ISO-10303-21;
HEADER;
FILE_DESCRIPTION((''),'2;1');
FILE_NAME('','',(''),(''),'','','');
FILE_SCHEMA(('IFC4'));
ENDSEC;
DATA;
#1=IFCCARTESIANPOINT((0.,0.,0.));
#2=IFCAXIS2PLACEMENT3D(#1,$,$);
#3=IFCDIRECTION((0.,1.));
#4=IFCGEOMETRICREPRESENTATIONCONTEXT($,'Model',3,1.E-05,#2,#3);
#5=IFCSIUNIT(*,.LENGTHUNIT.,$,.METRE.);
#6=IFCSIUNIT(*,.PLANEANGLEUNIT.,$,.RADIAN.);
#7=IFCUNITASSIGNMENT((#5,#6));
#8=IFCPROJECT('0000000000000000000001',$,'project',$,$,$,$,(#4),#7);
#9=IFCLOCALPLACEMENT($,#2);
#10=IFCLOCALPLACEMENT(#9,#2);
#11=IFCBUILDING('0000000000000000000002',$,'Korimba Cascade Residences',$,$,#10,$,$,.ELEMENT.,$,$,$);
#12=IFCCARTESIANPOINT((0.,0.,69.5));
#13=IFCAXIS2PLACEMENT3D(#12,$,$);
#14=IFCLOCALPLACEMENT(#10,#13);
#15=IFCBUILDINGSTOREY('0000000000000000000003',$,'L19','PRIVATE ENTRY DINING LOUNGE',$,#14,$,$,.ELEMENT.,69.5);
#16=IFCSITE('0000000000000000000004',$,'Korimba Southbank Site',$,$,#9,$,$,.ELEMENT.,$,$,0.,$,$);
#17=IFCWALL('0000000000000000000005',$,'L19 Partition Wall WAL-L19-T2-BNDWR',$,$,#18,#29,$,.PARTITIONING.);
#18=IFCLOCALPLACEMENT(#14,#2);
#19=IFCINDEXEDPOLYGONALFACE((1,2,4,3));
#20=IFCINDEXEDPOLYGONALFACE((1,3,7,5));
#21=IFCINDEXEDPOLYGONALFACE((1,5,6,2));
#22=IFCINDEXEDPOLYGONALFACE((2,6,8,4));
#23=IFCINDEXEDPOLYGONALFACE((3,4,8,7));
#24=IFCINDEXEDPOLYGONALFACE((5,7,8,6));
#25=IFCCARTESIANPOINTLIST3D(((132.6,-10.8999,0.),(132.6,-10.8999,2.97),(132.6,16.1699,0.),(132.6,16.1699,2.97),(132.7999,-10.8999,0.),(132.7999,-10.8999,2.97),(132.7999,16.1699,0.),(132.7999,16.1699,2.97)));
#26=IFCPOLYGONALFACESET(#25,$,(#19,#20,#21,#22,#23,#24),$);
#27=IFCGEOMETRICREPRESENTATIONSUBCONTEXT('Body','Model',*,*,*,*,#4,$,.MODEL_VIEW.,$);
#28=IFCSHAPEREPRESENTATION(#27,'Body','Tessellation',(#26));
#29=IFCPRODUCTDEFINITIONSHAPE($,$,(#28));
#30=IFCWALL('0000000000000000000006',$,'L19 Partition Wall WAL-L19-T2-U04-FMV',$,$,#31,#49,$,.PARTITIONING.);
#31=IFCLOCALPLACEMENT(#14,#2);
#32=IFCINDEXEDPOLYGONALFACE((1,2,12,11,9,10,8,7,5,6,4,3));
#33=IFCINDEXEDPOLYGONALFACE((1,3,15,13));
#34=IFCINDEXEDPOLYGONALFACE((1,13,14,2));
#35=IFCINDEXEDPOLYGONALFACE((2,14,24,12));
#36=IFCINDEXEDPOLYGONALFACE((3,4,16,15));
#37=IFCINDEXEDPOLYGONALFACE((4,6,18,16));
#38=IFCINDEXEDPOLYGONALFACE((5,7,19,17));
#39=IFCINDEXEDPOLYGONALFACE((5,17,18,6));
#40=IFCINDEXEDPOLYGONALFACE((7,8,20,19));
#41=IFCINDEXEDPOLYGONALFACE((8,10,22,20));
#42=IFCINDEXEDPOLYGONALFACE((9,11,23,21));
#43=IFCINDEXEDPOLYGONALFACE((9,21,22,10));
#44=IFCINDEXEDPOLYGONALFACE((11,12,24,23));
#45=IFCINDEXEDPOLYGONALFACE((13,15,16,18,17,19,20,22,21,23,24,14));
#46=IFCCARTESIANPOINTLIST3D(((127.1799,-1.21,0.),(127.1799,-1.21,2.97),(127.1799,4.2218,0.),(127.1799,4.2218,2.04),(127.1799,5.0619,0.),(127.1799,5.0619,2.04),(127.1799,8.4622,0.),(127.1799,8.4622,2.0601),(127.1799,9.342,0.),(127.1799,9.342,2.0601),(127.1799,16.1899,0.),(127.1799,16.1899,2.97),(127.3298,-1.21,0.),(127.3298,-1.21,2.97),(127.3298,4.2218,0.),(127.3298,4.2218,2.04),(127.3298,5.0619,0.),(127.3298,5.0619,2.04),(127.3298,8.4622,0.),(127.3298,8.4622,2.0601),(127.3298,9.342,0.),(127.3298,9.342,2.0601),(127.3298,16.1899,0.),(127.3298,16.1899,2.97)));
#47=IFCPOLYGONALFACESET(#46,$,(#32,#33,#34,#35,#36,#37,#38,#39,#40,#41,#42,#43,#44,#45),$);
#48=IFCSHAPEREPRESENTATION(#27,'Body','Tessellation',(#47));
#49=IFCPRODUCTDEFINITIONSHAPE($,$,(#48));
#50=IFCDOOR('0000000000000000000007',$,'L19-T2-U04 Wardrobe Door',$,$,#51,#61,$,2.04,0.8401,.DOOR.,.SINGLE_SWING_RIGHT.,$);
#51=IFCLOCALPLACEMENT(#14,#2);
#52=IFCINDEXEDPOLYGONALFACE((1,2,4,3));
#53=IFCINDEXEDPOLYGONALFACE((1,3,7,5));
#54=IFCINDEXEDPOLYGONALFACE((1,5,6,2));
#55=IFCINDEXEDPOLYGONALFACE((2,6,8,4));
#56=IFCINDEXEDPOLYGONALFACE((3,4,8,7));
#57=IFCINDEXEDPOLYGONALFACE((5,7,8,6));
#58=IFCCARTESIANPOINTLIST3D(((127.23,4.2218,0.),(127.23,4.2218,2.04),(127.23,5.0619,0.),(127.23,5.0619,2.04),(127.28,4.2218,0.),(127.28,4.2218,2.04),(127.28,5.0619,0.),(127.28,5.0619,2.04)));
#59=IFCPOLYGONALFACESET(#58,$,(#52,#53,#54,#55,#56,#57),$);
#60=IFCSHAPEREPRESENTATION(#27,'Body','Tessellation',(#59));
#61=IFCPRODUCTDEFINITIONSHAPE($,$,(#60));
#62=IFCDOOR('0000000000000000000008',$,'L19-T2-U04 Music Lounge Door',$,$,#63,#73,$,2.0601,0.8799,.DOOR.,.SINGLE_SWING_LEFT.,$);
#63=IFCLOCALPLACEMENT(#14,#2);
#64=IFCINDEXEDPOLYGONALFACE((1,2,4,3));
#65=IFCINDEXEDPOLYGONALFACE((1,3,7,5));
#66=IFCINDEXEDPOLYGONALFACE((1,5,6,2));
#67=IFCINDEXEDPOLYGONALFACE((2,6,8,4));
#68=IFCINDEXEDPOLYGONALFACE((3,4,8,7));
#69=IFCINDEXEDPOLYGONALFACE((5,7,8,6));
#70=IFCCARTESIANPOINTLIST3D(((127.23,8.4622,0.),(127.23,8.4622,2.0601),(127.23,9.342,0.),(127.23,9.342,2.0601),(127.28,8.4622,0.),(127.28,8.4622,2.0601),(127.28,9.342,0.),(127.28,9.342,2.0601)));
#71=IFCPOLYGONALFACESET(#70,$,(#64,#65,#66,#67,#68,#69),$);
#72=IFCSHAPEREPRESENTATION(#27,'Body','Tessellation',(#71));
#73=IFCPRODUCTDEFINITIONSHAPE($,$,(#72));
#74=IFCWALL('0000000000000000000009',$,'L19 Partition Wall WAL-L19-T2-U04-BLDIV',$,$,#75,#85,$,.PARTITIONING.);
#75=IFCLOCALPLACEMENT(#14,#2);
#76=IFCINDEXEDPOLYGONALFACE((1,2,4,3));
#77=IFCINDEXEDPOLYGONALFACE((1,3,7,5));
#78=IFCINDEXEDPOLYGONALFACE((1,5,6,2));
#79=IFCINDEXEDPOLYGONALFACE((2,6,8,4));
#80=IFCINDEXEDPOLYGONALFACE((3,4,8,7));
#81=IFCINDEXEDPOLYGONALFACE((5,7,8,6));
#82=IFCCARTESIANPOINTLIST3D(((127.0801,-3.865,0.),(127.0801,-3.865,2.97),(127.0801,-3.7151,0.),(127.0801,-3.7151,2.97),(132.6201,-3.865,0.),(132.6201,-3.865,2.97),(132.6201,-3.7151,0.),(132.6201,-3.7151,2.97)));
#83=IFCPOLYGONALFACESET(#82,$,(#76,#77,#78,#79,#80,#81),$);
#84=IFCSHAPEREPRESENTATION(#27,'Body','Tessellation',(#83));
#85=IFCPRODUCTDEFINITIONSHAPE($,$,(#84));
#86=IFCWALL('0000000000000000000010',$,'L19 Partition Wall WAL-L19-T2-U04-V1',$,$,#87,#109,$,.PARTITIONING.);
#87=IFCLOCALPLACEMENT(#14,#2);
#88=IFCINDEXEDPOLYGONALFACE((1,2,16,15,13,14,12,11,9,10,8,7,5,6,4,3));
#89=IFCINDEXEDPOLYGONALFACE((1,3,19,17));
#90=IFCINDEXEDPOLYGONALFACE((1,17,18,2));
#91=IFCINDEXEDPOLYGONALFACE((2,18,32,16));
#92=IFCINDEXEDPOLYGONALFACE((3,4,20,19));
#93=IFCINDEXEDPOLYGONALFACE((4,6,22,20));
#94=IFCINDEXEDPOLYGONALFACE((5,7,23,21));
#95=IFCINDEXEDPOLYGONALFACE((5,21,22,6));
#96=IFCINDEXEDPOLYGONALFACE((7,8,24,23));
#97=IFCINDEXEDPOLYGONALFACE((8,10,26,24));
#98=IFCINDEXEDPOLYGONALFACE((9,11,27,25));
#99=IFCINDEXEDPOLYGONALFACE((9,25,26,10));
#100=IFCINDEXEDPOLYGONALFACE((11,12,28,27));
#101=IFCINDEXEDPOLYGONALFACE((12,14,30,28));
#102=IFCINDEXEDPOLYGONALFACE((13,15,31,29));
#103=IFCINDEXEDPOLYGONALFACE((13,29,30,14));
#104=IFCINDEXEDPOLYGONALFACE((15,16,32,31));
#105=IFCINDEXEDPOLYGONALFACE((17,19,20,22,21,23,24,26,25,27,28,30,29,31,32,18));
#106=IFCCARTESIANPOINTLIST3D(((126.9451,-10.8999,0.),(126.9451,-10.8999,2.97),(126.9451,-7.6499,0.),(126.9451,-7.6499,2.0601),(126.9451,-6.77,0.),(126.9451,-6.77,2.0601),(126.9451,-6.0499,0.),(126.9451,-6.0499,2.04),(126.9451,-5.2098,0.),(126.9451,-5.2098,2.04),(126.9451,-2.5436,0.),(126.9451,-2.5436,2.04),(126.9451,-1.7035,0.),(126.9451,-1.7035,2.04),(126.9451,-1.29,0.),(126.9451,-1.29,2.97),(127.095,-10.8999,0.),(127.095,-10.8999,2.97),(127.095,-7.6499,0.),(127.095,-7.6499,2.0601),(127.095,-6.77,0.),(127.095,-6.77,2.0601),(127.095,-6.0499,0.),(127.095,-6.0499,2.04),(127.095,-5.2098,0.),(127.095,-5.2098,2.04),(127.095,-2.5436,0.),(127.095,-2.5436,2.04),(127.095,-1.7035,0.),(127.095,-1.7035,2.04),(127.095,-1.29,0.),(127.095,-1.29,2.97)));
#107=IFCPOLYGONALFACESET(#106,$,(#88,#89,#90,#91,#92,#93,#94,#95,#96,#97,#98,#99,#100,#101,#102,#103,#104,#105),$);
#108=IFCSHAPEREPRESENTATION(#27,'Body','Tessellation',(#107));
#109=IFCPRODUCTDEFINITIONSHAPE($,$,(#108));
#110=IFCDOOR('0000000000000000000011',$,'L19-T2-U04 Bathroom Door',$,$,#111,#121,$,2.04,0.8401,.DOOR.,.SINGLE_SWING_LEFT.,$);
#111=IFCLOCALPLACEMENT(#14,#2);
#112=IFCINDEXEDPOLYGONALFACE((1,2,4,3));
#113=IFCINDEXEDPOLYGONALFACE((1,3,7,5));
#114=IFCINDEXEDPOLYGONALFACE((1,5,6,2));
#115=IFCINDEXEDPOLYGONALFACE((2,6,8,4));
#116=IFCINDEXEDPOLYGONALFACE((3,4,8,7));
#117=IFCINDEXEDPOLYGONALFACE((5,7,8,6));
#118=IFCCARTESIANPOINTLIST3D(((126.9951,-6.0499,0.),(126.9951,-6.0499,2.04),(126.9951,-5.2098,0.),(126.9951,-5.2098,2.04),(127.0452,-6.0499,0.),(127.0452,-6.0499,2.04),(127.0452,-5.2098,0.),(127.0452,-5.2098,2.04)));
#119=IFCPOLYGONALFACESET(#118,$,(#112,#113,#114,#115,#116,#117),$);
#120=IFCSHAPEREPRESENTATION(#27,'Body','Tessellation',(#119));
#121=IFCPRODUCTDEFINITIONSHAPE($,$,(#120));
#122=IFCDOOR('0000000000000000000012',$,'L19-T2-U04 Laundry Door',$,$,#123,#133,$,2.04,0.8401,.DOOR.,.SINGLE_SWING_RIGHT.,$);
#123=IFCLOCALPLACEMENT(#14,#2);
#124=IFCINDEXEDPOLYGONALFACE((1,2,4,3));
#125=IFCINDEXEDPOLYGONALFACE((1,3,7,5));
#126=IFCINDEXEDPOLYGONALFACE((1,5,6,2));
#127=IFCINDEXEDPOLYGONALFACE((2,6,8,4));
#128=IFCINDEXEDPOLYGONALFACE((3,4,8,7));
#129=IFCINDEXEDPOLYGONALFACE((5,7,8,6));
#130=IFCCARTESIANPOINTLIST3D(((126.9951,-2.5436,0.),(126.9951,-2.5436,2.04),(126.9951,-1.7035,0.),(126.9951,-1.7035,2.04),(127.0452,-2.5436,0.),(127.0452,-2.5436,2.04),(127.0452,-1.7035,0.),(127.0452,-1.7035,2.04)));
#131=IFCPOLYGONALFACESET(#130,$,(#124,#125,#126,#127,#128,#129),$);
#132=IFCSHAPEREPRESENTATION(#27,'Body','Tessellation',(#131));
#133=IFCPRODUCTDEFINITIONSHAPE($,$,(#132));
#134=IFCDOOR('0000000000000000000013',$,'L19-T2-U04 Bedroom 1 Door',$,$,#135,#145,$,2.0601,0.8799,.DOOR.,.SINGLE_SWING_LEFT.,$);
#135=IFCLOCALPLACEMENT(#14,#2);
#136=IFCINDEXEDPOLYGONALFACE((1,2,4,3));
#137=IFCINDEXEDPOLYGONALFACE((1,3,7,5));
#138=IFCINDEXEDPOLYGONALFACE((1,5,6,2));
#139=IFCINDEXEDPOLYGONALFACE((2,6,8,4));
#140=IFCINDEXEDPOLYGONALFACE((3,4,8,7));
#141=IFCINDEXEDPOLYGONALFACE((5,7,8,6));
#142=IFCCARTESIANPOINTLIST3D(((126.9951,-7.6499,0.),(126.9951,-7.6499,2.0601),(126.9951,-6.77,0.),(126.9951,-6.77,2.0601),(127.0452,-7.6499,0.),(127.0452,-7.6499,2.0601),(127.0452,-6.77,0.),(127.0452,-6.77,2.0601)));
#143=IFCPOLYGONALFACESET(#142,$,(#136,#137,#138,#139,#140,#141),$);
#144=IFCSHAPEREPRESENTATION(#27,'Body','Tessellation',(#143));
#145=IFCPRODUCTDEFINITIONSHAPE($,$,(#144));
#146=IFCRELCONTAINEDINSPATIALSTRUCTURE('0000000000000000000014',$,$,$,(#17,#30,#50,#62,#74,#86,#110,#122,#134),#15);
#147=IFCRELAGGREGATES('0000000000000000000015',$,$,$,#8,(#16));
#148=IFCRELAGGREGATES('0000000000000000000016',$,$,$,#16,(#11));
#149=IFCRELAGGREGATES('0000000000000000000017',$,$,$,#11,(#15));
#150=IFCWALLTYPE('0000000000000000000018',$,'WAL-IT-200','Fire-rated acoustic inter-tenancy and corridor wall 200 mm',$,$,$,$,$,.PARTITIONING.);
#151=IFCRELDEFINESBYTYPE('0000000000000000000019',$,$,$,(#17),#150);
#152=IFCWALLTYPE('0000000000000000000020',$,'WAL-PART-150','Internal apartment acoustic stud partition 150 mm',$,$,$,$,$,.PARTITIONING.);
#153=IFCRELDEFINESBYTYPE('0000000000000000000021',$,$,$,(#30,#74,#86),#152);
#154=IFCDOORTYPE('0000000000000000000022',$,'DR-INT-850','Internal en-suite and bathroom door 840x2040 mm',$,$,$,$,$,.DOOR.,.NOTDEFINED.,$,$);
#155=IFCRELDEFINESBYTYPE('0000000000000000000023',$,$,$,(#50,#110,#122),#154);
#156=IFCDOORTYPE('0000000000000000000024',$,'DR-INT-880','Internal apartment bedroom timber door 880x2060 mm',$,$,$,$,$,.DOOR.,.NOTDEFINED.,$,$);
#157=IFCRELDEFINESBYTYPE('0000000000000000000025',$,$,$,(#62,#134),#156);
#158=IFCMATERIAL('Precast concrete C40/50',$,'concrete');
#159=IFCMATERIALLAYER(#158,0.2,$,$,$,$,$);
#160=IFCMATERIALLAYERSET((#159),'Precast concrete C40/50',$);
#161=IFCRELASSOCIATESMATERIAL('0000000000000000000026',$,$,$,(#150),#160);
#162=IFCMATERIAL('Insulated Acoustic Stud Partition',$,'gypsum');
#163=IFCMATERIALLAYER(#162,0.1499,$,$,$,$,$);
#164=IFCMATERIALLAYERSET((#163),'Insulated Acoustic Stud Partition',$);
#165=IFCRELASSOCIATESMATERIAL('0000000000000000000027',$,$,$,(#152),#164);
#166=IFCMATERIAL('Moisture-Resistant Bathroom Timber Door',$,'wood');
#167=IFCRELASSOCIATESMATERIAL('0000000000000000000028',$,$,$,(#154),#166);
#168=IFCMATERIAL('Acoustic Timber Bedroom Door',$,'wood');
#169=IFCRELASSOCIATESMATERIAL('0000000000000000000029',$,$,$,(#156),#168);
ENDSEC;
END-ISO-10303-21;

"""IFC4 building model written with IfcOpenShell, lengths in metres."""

from ifc_helpers import new_model, si_unit, direction, frame, frame_2d, origin, place, context, subcontext, project, spatial, rectangle, extrude, material, layer, layer_set, type_object, element, fill, save


model = new_model("IFC4")

# Units and contexts
model_context = context("Model", 3, precision=1e-05, world=origin(), true_north=direction((0.0, 1.0)))
body_context = subcontext(model_context, "Body", "Model", "MODEL_VIEW")
ifc_project = project(units=[si_unit("LENGTHUNIT", "METRE"), si_unit("PLANEANGLEUNIT", "RADIAN")], contexts=[model_context])

# Site, building, storey
site_placement = place(None, origin())
site = spatial("IfcSite", under=ifc_project, at=site_placement, Name="Korimba Southbank Site", CompositionType="ELEMENT", RefElevation=0.0)
building_placement = place(site_placement, origin())
building = spatial("IfcBuilding", under=site, at=building_placement, Name="Korimba Cascade Residences", CompositionType="ELEMENT")
storey_placement = place(building_placement, frame((0.0, 0.0, 69.5)))
storey = spatial("IfcBuildingStorey", under=building, at=storey_placement, Name="L19", Description="PRIVATE ENTRY DINING LOUNGE", CompositionType="ELEMENT", Elevation=69.5)

# Shared definitions
ifc_material_1 = material(Name="Precast concrete C40/50", Category="concrete")

# Wall
ifc_layer_1 = layer(ifc_material_1, 0.2)
ifc_layer_set_1 = layer_set([ifc_layer_1], Name="Precast concrete C40/50")
wall_type_1 = type_object("IfcWallType", Name="WAL-IT-200", Description="Fire-rated acoustic inter-tenancy and corridor wall 200 mm", PredefinedType="PARTITIONING", material=ifc_layer_set_1)
wall_1_placement = place(storey_placement, frame((132.7, -10.8999, 0.0), z_axis=(0.0, 0.0, 1.0), x_axis=(0.0, 1.0, 0.0)))
element("IfcWall", 1, at=wall_1_placement, inside=storey, type_object=wall_type_1, Name="L19 Partition Wall WAL-L19-T2-BNDWR", PredefinedType="PARTITIONING", context=body_context, shape_type="SweptSolid", body=[
    extrude(rectangle(XDim=27.0698, YDim=0.2, at=frame_2d((13.5349, 0.0))), origin(), (0.0, 0.0, 1.0), 2.97),
])

# Wall, openings, doors
ifc_material_2 = material(Name="Insulated Acoustic Stud Partition", Category="gypsum")
ifc_layer_2 = layer(ifc_material_2, 0.1499)
ifc_layer_set_2 = layer_set([ifc_layer_2], Name="Insulated Acoustic Stud Partition")
wall_type_2 = type_object("IfcWallType", Name="WAL-PART-150", Description="Internal apartment acoustic stud partition 150 mm", PredefinedType="PARTITIONING", material=ifc_layer_set_2)
wall_2_placement = place(storey_placement, frame((127.2549, -1.21, 0.0), z_axis=(0.0, 0.0, 1.0), x_axis=(0.0, 1.0, 0.0)))
wall_2 = element("IfcWall", 2, at=wall_2_placement, inside=storey, type_object=wall_type_2, Name="L19 Partition Wall WAL-L19-T2-U04-FMV", PredefinedType="PARTITIONING", context=body_context, shape_type="SweptSolid", body=[
    extrude(rectangle(XDim=17.3999, YDim=0.1499, at=frame_2d((8.7, 0.0))), origin(), (0.0, 0.0, 1.0), 2.97),
])
opening_1_placement = place(wall_2_placement, frame((5.4319, 0.0, 0.0)))
opening_1 = element("IfcOpeningElement", 3, at=opening_1_placement, cuts=wall_2, PredefinedType="OPENING", context=body_context, shape_type="SweptSolid", body=[
    extrude(rectangle(XDim=0.8401, YDim=2.04, at=frame_2d((0.4199, 1.02))), frame((0.0, 0.085, 0.0), z_axis=(0.0, -1.0, 0.0), x_axis=(1.0, 0.0, 0.0)), (0.0, 0.0, 1.0), 0.1699),
])
opening_2_placement = place(wall_2_placement, frame((9.6721, 0.0, 0.0)))
opening_2 = element("IfcOpeningElement", 4, at=opening_2_placement, cuts=wall_2, PredefinedType="OPENING", context=body_context, shape_type="SweptSolid", body=[
    extrude(rectangle(XDim=0.8799, YDim=2.0601, at=frame_2d((0.4399, 1.03))), frame((0.0, 0.085, 0.0), z_axis=(0.0, -1.0, 0.0), x_axis=(1.0, 0.0, 0.0)), (0.0, 0.0, 1.0), 0.1699),
])
ifc_material_3 = material(Name="Moisture-Resistant Bathroom Timber Door", Category="wood")
door_type_1 = type_object("IfcDoorType", Name="DR-INT-850", Description="Internal en-suite and bathroom door 840x2040 mm", OperationType="NOTDEFINED", PredefinedType="DOOR", material=ifc_material_3)
door_1_placement = place(opening_1_placement, origin())
door_1 = element("IfcDoor", 5, at=door_1_placement, inside=storey, type_object=door_type_1, Name="L19-T2-U04 Wardrobe Door", OperationType="SINGLE_SWING_RIGHT", OverallHeight=2.04, OverallWidth=0.8401, PredefinedType="DOOR", context=body_context, shape_type="SweptSolid", body=[
    extrude(rectangle(XDim=0.8401, YDim=2.04, at=frame_2d((0.4199, 1.02))), frame((0.0, 0.0249, 0.0), z_axis=(0.0, -1.0, 0.0), x_axis=(1.0, 0.0, 0.0)), (0.0, 0.0, 1.0), 0.05),
])
fill(opening_1, door_1)
ifc_material_4 = material(Name="Acoustic Timber Bedroom Door", Category="wood")
door_type_2 = type_object("IfcDoorType", Name="DR-INT-880", Description="Internal apartment bedroom timber door 880x2060 mm", OperationType="NOTDEFINED", PredefinedType="DOOR", material=ifc_material_4)
door_2_placement = place(opening_2_placement, origin())
door_2 = element("IfcDoor", 6, at=door_2_placement, inside=storey, type_object=door_type_2, Name="L19-T2-U04 Music Lounge Door", OperationType="SINGLE_SWING_LEFT", OverallHeight=2.0601, OverallWidth=0.8799, PredefinedType="DOOR", context=body_context, shape_type="SweptSolid", body=[
    extrude(rectangle(XDim=0.8799, YDim=2.0601, at=frame_2d((0.4399, 1.03))), frame((0.0, 0.0249, 0.0), z_axis=(0.0, -1.0, 0.0), x_axis=(1.0, 0.0, 0.0)), (0.0, 0.0, 1.0), 0.05),
])
fill(opening_2, door_2)

# Wall
wall_3_placement = place(storey_placement, frame((127.0801, -3.79, 0.0), z_axis=(0.0, 0.0, 1.0), x_axis=(1.0, 0.0, 0.0)))
element("IfcWall", 7, at=wall_3_placement, inside=storey, type_object=wall_type_2, Name="L19 Partition Wall WAL-L19-T2-U04-BLDIV", PredefinedType="PARTITIONING", context=body_context, shape_type="SweptSolid", body=[
    extrude(rectangle(XDim=5.54, YDim=0.1499, at=frame_2d((2.77, 0.0))), origin(), (0.0, 0.0, 1.0), 2.97),
])

# Wall, openings, doors
wall_4_placement = place(storey_placement, frame((127.02, -10.8999, 0.0), z_axis=(0.0, 0.0, 1.0), x_axis=(0.0, 1.0, 0.0)))
wall_4 = element("IfcWall", 8, at=wall_4_placement, inside=storey, type_object=wall_type_2, Name="L19 Partition Wall WAL-L19-T2-U04-V1", PredefinedType="PARTITIONING", context=body_context, shape_type="SweptSolid", body=[
    extrude(rectangle(XDim=9.6099, YDim=0.1499, at=frame_2d((4.8049, 0.0))), origin(), (0.0, 0.0, 1.0), 2.97),
])
opening_3_placement = place(wall_4_placement, frame((4.8501, 0.0, 0.0)))
opening_3 = element("IfcOpeningElement", 9, at=opening_3_placement, cuts=wall_4, PredefinedType="OPENING", context=body_context, shape_type="SweptSolid", body=[
    extrude(rectangle(XDim=0.8401, YDim=2.04, at=frame_2d((0.4199, 1.02))), frame((0.0, 0.085, 0.0), z_axis=(0.0, -1.0, 0.0), x_axis=(1.0, 0.0, 0.0)), (0.0, 0.0, 1.0), 0.1699),
])
opening_4_placement = place(wall_4_placement, frame((8.3564, 0.0, 0.0)))
opening_4 = element("IfcOpeningElement", 10, at=opening_4_placement, cuts=wall_4, PredefinedType="OPENING", context=body_context, shape_type="SweptSolid", body=[
    extrude(rectangle(XDim=0.8401, YDim=2.04, at=frame_2d((0.4199, 1.02))), frame((0.0, 0.085, 0.0), z_axis=(0.0, -1.0, 0.0), x_axis=(1.0, 0.0, 0.0)), (0.0, 0.0, 1.0), 0.1699),
])
opening_5_placement = place(wall_4_placement, frame((3.25, 0.0, 0.0)))
opening_5 = element("IfcOpeningElement", 11, at=opening_5_placement, cuts=wall_4, PredefinedType="OPENING", context=body_context, shape_type="SweptSolid", body=[
    extrude(rectangle(XDim=0.8799, YDim=2.0601, at=frame_2d((0.4399, 1.03))), frame((0.0, 0.085, 0.0), z_axis=(0.0, -1.0, 0.0), x_axis=(1.0, 0.0, 0.0)), (0.0, 0.0, 1.0), 0.1699),
])
door_3_placement = place(opening_3_placement, origin())
door_3 = element("IfcDoor", 12, at=door_3_placement, inside=storey, type_object=door_type_1, Name="L19-T2-U04 Bathroom Door", OperationType="SINGLE_SWING_LEFT", OverallHeight=2.04, OverallWidth=0.8401, PredefinedType="DOOR", context=body_context, shape_type="SweptSolid", body=[
    extrude(rectangle(XDim=0.8401, YDim=2.04, at=frame_2d((0.4199, 1.02))), frame((0.0, 0.0249, 0.0), z_axis=(0.0, -1.0, 0.0), x_axis=(1.0, 0.0, 0.0)), (0.0, 0.0, 1.0), 0.05),
])
fill(opening_3, door_3)
door_4_placement = place(opening_4_placement, origin())
door_4 = element("IfcDoor", 13, at=door_4_placement, inside=storey, type_object=door_type_1, Name="L19-T2-U04 Laundry Door", OperationType="SINGLE_SWING_RIGHT", OverallHeight=2.04, OverallWidth=0.8401, PredefinedType="DOOR", context=body_context, shape_type="SweptSolid", body=[
    extrude(rectangle(XDim=0.8401, YDim=2.04, at=frame_2d((0.4199, 1.02))), frame((0.0, 0.0249, 0.0), z_axis=(0.0, -1.0, 0.0), x_axis=(1.0, 0.0, 0.0)), (0.0, 0.0, 1.0), 0.05),
])
fill(opening_4, door_4)
door_5_placement = place(opening_5_placement, origin())
door_5 = element("IfcDoor", 14, at=door_5_placement, inside=storey, type_object=door_type_2, Name="L19-T2-U04 Bedroom 1 Door", OperationType="SINGLE_SWING_LEFT", OverallHeight=2.0601, OverallWidth=0.8799, PredefinedType="DOOR", context=body_context, shape_type="SweptSolid", body=[
    extrude(rectangle(XDim=0.8799, YDim=2.0601, at=frame_2d((0.4399, 1.03))), frame((0.0, 0.0249, 0.0), z_axis=(0.0, -1.0, 0.0), x_axis=(1.0, 0.0, 0.0)), (0.0, 0.0, 1.0), 0.05),
])
fill(opening_5, door_5)

save(model, "model.ifc")
